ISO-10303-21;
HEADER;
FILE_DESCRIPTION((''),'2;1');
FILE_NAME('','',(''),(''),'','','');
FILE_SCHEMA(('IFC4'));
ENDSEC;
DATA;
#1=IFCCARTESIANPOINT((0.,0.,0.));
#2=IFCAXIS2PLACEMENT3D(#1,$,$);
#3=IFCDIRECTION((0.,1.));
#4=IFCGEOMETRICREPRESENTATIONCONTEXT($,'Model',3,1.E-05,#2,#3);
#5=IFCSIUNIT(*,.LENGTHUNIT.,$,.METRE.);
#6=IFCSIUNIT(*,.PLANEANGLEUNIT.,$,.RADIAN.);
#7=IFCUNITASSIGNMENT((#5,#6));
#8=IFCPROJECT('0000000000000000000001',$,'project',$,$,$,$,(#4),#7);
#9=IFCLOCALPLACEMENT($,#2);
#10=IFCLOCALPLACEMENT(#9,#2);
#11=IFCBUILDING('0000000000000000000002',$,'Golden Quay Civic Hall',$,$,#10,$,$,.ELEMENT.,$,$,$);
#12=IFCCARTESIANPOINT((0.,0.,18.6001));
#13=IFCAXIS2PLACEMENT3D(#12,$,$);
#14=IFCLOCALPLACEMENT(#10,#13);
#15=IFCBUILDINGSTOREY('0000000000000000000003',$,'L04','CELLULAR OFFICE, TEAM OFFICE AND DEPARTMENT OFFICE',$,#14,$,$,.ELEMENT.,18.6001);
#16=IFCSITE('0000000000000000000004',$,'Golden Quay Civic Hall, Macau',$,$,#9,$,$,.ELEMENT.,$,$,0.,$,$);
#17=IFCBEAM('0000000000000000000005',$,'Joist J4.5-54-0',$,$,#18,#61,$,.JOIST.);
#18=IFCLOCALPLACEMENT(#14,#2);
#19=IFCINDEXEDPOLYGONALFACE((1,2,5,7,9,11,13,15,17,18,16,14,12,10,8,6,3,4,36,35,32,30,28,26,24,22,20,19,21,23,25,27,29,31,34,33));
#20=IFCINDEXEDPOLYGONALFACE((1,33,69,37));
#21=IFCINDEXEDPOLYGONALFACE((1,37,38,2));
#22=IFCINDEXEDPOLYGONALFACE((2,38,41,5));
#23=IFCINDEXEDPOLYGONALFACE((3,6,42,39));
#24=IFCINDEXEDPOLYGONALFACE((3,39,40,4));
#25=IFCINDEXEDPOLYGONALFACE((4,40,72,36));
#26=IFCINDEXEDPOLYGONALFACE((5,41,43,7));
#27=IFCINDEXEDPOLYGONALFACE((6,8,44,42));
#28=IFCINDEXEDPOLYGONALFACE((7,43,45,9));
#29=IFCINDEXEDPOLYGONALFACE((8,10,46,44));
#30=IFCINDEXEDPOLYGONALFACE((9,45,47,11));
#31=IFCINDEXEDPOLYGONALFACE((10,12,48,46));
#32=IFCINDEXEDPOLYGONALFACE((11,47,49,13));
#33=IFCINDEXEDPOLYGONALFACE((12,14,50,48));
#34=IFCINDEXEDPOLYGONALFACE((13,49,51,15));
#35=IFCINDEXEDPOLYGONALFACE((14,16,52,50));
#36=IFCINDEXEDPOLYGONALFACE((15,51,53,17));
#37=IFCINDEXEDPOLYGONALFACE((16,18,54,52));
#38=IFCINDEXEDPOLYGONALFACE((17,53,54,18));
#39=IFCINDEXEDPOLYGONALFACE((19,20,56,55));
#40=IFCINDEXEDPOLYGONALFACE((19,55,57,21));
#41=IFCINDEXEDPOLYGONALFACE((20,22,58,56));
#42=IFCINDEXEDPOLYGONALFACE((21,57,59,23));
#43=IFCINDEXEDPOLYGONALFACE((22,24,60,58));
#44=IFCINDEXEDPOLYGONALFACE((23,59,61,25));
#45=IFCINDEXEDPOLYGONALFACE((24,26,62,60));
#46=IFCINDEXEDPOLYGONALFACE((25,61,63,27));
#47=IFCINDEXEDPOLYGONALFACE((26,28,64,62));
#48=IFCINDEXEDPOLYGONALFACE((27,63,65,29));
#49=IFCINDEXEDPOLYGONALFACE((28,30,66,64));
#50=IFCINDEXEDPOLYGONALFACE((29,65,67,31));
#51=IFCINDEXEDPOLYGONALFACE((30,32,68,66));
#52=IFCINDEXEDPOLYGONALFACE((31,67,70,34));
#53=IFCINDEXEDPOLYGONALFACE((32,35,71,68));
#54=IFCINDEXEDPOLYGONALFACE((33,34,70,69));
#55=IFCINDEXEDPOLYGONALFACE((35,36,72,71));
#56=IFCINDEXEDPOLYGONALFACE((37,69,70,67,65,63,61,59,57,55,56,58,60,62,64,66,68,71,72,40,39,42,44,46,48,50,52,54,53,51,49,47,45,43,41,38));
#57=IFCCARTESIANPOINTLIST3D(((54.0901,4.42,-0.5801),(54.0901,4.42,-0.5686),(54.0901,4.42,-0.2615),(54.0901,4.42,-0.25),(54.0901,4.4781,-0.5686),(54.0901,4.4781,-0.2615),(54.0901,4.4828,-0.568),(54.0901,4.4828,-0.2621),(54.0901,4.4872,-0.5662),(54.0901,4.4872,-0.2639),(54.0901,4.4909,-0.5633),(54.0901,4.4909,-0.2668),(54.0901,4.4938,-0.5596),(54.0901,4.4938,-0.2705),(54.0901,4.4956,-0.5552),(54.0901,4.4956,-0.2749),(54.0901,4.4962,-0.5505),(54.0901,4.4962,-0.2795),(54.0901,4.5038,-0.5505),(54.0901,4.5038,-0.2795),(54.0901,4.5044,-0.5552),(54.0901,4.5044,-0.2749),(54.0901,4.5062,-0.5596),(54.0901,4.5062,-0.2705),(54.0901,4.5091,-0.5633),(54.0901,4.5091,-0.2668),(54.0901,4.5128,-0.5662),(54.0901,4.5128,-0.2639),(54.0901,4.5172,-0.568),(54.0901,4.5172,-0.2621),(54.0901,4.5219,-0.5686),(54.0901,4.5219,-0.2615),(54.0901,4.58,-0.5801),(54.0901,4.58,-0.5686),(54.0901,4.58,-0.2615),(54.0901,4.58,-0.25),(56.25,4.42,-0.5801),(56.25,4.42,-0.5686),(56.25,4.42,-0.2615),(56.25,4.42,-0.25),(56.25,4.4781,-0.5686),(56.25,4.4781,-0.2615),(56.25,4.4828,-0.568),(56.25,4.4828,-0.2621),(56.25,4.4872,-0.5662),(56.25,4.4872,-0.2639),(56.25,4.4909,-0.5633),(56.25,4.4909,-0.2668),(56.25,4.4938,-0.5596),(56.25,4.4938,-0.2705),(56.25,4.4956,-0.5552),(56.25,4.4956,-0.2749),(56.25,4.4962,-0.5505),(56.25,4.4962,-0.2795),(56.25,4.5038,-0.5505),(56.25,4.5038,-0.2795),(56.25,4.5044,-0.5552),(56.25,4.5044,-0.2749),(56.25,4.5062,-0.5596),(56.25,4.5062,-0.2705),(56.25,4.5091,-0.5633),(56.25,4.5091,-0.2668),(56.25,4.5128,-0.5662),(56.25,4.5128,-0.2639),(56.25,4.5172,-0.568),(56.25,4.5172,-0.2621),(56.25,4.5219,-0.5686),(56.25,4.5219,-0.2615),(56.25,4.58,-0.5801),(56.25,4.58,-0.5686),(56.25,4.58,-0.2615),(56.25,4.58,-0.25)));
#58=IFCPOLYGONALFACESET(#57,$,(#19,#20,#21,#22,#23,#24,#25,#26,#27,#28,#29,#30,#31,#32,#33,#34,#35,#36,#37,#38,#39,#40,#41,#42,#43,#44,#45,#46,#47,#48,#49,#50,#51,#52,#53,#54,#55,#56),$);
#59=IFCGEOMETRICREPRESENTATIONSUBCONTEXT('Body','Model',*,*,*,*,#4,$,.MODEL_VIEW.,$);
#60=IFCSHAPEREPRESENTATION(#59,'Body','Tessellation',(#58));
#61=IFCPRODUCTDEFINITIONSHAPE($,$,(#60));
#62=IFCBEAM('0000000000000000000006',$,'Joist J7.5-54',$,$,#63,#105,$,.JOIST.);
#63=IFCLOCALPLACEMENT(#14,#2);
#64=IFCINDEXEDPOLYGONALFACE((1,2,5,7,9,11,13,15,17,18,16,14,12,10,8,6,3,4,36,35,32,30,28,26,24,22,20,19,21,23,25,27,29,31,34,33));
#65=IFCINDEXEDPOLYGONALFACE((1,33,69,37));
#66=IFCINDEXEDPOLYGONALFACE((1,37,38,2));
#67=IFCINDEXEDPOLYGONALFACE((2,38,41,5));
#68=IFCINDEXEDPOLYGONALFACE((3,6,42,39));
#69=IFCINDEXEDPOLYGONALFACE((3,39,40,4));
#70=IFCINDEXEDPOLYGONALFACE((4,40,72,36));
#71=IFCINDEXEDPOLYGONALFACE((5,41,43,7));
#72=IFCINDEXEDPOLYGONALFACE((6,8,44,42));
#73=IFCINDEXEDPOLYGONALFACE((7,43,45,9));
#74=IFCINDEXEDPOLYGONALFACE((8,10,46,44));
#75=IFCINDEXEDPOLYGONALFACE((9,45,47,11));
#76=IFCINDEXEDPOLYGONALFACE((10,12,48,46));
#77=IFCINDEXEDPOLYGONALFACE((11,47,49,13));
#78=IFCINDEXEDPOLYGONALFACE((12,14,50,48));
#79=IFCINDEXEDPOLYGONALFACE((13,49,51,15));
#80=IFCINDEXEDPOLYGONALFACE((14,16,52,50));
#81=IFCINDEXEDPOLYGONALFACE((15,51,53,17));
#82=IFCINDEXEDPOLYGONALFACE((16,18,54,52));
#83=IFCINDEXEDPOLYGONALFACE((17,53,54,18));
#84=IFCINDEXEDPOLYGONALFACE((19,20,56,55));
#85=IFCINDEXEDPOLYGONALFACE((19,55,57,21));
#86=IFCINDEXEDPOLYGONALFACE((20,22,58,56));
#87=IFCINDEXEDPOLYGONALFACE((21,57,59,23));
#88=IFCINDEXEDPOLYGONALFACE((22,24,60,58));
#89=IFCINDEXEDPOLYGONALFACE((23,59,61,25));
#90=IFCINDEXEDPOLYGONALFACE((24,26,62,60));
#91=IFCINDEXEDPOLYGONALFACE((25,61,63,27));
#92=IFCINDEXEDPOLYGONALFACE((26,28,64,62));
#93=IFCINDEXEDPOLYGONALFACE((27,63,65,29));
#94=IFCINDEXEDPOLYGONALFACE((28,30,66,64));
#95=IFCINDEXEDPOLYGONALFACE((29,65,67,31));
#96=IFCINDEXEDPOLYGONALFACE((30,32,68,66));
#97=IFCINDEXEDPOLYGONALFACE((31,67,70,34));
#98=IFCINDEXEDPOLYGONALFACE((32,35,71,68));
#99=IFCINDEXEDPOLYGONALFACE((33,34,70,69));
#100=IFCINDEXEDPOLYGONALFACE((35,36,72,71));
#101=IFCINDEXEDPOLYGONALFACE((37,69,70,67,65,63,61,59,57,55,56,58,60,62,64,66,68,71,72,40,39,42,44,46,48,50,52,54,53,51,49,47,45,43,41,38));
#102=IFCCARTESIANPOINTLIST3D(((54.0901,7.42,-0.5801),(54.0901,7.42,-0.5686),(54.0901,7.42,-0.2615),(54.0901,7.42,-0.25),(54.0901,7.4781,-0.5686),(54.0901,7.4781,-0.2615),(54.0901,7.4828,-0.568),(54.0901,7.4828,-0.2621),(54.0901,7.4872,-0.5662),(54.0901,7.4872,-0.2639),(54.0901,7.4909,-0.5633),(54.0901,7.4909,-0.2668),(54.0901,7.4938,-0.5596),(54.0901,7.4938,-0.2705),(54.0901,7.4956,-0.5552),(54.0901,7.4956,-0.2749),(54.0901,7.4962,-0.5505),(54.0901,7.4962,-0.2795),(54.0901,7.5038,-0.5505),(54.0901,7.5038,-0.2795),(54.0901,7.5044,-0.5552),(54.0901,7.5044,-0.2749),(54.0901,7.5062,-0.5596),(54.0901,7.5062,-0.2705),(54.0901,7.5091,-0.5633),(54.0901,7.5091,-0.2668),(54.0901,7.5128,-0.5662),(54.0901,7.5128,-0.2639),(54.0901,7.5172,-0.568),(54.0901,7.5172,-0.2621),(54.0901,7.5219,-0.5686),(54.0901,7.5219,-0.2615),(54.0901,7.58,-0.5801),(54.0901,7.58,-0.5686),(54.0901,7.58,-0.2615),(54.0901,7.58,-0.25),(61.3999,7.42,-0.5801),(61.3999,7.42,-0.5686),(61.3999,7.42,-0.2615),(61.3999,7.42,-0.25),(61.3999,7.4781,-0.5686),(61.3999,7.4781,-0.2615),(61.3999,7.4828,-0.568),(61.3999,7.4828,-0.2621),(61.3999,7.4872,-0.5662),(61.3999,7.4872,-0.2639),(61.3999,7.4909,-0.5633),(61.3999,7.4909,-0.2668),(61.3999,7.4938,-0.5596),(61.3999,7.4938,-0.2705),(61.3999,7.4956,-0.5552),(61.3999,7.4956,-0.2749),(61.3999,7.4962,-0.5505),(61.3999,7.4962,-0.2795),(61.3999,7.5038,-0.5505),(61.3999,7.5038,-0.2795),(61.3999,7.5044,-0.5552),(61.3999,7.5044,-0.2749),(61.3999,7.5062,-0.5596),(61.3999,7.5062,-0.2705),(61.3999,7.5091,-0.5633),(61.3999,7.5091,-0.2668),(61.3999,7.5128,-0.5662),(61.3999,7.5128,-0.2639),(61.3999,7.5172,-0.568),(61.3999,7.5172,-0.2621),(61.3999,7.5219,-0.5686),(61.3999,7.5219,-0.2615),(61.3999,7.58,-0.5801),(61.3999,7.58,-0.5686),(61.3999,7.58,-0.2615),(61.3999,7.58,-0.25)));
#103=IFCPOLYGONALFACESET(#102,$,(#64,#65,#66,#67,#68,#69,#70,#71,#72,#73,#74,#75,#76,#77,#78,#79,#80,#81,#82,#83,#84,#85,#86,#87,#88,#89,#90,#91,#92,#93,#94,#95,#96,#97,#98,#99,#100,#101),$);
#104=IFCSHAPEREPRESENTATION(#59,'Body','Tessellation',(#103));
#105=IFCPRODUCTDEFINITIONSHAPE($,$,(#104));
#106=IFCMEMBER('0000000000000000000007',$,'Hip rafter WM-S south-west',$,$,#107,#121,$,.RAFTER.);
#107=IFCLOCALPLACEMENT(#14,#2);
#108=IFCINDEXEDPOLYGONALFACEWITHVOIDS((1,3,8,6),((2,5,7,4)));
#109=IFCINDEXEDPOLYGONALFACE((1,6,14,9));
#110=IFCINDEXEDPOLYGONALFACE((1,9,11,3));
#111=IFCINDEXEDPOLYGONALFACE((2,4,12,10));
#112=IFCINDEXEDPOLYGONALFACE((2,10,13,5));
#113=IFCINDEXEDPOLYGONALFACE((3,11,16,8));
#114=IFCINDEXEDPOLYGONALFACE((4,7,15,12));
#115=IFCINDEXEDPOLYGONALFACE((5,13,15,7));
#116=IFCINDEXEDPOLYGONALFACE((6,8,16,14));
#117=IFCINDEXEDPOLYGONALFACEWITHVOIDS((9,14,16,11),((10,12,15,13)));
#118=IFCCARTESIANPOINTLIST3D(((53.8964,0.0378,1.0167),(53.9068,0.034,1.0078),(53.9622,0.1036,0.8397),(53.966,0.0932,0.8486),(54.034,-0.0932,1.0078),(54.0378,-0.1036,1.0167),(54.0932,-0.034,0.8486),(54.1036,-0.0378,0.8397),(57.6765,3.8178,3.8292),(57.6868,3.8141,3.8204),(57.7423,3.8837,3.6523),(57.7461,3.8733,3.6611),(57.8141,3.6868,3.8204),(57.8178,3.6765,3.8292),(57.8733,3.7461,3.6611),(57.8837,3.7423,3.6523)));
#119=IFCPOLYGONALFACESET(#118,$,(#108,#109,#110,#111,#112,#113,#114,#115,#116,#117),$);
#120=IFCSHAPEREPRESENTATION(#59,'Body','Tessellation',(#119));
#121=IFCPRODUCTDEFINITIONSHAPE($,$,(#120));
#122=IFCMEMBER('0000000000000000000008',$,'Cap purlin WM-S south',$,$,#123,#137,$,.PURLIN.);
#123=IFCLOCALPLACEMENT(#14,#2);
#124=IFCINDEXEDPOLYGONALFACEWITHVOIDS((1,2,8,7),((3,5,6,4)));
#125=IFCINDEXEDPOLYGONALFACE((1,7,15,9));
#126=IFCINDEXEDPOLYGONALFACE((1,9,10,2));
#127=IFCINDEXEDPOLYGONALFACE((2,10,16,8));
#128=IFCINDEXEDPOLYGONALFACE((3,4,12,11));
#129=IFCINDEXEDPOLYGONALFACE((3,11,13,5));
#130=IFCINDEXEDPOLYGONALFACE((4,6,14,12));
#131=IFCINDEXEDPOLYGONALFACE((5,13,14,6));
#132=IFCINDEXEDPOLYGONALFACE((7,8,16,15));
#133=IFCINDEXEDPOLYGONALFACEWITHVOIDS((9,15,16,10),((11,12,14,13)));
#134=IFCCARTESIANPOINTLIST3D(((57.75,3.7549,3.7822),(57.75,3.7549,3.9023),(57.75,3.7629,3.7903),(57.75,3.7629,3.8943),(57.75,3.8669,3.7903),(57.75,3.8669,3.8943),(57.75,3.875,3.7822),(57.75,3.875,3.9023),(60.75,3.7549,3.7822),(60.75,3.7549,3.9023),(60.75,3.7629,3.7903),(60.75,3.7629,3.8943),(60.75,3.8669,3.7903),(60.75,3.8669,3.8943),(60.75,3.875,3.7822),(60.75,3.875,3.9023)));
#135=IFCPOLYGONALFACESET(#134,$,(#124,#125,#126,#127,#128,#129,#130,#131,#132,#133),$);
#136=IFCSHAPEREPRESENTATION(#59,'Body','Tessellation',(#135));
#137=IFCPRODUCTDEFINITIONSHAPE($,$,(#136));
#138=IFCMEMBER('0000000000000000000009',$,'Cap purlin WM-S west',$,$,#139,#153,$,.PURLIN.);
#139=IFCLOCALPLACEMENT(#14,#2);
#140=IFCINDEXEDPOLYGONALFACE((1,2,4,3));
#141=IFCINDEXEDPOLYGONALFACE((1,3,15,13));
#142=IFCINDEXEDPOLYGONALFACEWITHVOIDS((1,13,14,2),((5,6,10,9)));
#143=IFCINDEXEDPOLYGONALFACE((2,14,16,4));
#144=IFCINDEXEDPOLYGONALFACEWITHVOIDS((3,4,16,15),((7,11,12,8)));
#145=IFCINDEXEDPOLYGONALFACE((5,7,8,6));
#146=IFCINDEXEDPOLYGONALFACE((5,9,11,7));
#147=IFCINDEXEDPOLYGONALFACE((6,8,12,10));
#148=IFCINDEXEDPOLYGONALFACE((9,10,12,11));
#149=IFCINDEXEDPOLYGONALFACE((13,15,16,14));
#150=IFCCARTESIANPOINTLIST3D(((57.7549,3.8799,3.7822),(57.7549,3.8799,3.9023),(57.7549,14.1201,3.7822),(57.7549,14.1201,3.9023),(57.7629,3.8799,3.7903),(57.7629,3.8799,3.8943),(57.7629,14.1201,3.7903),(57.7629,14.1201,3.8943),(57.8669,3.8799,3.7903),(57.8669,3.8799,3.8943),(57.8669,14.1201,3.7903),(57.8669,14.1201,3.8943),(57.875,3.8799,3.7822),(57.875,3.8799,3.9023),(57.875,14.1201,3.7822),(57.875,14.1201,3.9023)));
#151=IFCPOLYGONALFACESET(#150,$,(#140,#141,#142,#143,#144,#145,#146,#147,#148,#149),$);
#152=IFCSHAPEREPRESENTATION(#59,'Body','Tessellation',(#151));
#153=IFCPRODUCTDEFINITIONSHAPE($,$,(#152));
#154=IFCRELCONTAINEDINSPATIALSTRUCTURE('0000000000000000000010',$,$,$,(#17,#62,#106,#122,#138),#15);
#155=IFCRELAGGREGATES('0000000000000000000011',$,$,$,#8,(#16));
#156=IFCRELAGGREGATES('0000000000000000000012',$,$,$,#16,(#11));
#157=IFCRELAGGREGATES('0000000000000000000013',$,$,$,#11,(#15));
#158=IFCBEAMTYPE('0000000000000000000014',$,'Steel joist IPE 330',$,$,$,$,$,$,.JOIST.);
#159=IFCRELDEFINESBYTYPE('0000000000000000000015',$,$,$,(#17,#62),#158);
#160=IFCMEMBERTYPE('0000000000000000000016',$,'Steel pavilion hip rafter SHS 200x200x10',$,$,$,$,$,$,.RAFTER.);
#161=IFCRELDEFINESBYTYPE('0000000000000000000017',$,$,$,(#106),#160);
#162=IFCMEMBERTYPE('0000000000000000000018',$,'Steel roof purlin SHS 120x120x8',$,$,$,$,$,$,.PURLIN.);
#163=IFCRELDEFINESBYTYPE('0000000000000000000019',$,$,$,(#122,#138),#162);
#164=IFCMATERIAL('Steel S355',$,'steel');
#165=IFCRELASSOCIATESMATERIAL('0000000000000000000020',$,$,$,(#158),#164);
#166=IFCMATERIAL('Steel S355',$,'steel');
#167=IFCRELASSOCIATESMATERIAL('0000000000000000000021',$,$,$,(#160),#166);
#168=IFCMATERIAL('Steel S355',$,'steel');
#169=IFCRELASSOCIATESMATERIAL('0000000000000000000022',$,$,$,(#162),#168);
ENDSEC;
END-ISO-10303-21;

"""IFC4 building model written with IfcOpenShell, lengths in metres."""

from ifc_helpers import new_model, si_unit, direction, frame, origin, origin_2d, place, context, subcontext, project, spatial, hollow_rectangle, i_section, extrude, material, material_profile, profile_set, type_object, element, save


model = new_model("IFC4")

# Units and contexts
model_context = context("Model", 3, precision=1e-05, world=origin(), true_north=direction((0.0, 1.0)))
body_context = subcontext(model_context, "Body", "Model", "MODEL_VIEW")
ifc_project = project(units=[si_unit("LENGTHUNIT", "METRE"), si_unit("PLANEANGLEUNIT", "RADIAN")], contexts=[model_context])

# Site, building, storey
site_placement = place(None, origin())
site = spatial("IfcSite", under=ifc_project, at=site_placement, Name="Golden Quay Civic Hall, Macau", CompositionType="ELEMENT", RefElevation=0.0)
building_placement = place(site_placement, origin())
building = spatial("IfcBuilding", under=site, at=building_placement, Name="Golden Quay Civic Hall", CompositionType="ELEMENT")
storey_placement = place(building_placement, frame((0.0, 0.0, 18.6001)))
storey = spatial("IfcBuildingStorey", under=building, at=storey_placement, Name="L04", Description="CELLULAR OFFICE, TEAM OFFICE AND DEPARTMENT OFFICE", CompositionType="ELEMENT", Elevation=18.6001)

# Beams
ifc_material_1 = material(Name="Steel S355", Category="steel")
ifc_material_profile_1 = material_profile(ifc_material_1, i_section(OverallWidth=0.1599, OverallDepth=0.3301, WebThickness=0.0076, FlangeThickness=0.0115, FilletRadius=0.0181, at=origin_2d()), Name="IPE 330")
ifc_profile_set_1 = profile_set([ifc_material_profile_1], Name="Steel S355")
beam_type_1 = type_object("IfcBeamType", Name="Steel joist IPE 330", PredefinedType="JOIST", material=ifc_profile_set_1)
beam_1_placement = place(storey_placement, frame((54.0901, 4.5, -0.415), z_axis=(1.0, 0.0, 0.0), x_axis=(0.0, 1.0, 0.0)))
element("IfcBeam", 1, at=beam_1_placement, inside=storey, type_object=beam_type_1, Name="Joist J4.5-54-0", PredefinedType="JOIST", context=body_context, shape_type="SweptSolid", body=[
    extrude(i_section(OverallWidth=0.1599, OverallDepth=0.3301, WebThickness=0.0076, FlangeThickness=0.0115, FilletRadius=0.0181, at=origin_2d()), origin(), (0.0, 0.0, 1.0), 2.1599),
])
beam_2_placement = place(storey_placement, frame((54.0901, 7.5, -0.415), z_axis=(1.0, 0.0, 0.0), x_axis=(0.0, 1.0, 0.0)))
element("IfcBeam", 2, at=beam_2_placement, inside=storey, type_object=beam_type_1, Name="Joist J7.5-54", PredefinedType="JOIST", context=body_context, shape_type="SweptSolid", body=[
    extrude(i_section(OverallWidth=0.1599, OverallDepth=0.3301, WebThickness=0.0076, FlangeThickness=0.0115, FilletRadius=0.0181, at=origin_2d()), origin(), (0.0, 0.0, 1.0), 7.3098),
])

# Members
ifc_material_2 = material(Name="Steel S355", Category="steel")
ifc_material_profile_2 = material_profile(ifc_material_2, hollow_rectangle(XDim=0.2, YDim=0.2, WallThickness=0.01, at=origin_2d()), Name="SHS 200x200x10")
ifc_profile_set_2 = profile_set([ifc_material_profile_2], Name="Steel S355")
member_type_1 = type_object("IfcMemberType", Name="Steel pavilion hip rafter SHS 200x200x10", PredefinedType="RAFTER", material=ifc_profile_set_2)
member_1_placement = place(storey_placement, frame((54.0, 0.0, 0.9282), z_axis=(0.625783, 0.625783, 0.465609), x_axis=(-0.707107, 0.707107, 0.0)))
element("IfcMember", 3, at=member_1_placement, inside=storey, type_object=member_type_1, Name="Hip rafter WM-S south-west", PredefinedType="RAFTER", context=body_context, shape_type="SweptSolid", body=[
    extrude(hollow_rectangle(XDim=0.2, YDim=0.2, WallThickness=0.01, at=origin_2d()), origin(), (0.0, 0.0, 1.0), 6.0405),
])
ifc_material_3 = material(Name="Steel S355", Category="steel")
ifc_material_profile_3 = material_profile(ifc_material_3, hollow_rectangle(XDim=0.1201, YDim=0.1201, WallThickness=0.0081, at=origin_2d()), Name="SHS 120x120x8")
ifc_profile_set_3 = profile_set([ifc_material_profile_3], Name="Steel S355")
member_type_2 = type_object("IfcMemberType", Name="Steel roof purlin SHS 120x120x8", PredefinedType="PURLIN", material=ifc_profile_set_3)
member_2_placement = place(storey_placement, frame((57.75, 3.8149, 3.8423), z_axis=(1.0, 0.0, 0.0), x_axis=(0.0, 1.0, 0.0)))
element("IfcMember", 4, at=member_2_placement, inside=storey, type_object=member_type_2, Name="Cap purlin WM-S south", PredefinedType="PURLIN", context=body_context, shape_type="SweptSolid", body=[
    extrude(hollow_rectangle(XDim=0.1201, YDim=0.1201, WallThickness=0.0081, at=origin_2d()), origin(), (0.0, 0.0, 1.0), 3.0),
])
member_3_placement = place(storey_placement, frame((57.8149, 3.8799, 3.8423), z_axis=(0.0, 1.0, 0.0), x_axis=(-1.0, 0.0, 0.0)))
element("IfcMember", 5, at=member_3_placement, inside=storey, type_object=member_type_2, Name="Cap purlin WM-S west", PredefinedType="PURLIN", context=body_context, shape_type="SweptSolid", body=[
    extrude(hollow_rectangle(XDim=0.1201, YDim=0.1201, WallThickness=0.0081, at=origin_2d()), origin(), (0.0, 0.0, 1.0), 10.2402),
])

save(model, "model.ifc")
